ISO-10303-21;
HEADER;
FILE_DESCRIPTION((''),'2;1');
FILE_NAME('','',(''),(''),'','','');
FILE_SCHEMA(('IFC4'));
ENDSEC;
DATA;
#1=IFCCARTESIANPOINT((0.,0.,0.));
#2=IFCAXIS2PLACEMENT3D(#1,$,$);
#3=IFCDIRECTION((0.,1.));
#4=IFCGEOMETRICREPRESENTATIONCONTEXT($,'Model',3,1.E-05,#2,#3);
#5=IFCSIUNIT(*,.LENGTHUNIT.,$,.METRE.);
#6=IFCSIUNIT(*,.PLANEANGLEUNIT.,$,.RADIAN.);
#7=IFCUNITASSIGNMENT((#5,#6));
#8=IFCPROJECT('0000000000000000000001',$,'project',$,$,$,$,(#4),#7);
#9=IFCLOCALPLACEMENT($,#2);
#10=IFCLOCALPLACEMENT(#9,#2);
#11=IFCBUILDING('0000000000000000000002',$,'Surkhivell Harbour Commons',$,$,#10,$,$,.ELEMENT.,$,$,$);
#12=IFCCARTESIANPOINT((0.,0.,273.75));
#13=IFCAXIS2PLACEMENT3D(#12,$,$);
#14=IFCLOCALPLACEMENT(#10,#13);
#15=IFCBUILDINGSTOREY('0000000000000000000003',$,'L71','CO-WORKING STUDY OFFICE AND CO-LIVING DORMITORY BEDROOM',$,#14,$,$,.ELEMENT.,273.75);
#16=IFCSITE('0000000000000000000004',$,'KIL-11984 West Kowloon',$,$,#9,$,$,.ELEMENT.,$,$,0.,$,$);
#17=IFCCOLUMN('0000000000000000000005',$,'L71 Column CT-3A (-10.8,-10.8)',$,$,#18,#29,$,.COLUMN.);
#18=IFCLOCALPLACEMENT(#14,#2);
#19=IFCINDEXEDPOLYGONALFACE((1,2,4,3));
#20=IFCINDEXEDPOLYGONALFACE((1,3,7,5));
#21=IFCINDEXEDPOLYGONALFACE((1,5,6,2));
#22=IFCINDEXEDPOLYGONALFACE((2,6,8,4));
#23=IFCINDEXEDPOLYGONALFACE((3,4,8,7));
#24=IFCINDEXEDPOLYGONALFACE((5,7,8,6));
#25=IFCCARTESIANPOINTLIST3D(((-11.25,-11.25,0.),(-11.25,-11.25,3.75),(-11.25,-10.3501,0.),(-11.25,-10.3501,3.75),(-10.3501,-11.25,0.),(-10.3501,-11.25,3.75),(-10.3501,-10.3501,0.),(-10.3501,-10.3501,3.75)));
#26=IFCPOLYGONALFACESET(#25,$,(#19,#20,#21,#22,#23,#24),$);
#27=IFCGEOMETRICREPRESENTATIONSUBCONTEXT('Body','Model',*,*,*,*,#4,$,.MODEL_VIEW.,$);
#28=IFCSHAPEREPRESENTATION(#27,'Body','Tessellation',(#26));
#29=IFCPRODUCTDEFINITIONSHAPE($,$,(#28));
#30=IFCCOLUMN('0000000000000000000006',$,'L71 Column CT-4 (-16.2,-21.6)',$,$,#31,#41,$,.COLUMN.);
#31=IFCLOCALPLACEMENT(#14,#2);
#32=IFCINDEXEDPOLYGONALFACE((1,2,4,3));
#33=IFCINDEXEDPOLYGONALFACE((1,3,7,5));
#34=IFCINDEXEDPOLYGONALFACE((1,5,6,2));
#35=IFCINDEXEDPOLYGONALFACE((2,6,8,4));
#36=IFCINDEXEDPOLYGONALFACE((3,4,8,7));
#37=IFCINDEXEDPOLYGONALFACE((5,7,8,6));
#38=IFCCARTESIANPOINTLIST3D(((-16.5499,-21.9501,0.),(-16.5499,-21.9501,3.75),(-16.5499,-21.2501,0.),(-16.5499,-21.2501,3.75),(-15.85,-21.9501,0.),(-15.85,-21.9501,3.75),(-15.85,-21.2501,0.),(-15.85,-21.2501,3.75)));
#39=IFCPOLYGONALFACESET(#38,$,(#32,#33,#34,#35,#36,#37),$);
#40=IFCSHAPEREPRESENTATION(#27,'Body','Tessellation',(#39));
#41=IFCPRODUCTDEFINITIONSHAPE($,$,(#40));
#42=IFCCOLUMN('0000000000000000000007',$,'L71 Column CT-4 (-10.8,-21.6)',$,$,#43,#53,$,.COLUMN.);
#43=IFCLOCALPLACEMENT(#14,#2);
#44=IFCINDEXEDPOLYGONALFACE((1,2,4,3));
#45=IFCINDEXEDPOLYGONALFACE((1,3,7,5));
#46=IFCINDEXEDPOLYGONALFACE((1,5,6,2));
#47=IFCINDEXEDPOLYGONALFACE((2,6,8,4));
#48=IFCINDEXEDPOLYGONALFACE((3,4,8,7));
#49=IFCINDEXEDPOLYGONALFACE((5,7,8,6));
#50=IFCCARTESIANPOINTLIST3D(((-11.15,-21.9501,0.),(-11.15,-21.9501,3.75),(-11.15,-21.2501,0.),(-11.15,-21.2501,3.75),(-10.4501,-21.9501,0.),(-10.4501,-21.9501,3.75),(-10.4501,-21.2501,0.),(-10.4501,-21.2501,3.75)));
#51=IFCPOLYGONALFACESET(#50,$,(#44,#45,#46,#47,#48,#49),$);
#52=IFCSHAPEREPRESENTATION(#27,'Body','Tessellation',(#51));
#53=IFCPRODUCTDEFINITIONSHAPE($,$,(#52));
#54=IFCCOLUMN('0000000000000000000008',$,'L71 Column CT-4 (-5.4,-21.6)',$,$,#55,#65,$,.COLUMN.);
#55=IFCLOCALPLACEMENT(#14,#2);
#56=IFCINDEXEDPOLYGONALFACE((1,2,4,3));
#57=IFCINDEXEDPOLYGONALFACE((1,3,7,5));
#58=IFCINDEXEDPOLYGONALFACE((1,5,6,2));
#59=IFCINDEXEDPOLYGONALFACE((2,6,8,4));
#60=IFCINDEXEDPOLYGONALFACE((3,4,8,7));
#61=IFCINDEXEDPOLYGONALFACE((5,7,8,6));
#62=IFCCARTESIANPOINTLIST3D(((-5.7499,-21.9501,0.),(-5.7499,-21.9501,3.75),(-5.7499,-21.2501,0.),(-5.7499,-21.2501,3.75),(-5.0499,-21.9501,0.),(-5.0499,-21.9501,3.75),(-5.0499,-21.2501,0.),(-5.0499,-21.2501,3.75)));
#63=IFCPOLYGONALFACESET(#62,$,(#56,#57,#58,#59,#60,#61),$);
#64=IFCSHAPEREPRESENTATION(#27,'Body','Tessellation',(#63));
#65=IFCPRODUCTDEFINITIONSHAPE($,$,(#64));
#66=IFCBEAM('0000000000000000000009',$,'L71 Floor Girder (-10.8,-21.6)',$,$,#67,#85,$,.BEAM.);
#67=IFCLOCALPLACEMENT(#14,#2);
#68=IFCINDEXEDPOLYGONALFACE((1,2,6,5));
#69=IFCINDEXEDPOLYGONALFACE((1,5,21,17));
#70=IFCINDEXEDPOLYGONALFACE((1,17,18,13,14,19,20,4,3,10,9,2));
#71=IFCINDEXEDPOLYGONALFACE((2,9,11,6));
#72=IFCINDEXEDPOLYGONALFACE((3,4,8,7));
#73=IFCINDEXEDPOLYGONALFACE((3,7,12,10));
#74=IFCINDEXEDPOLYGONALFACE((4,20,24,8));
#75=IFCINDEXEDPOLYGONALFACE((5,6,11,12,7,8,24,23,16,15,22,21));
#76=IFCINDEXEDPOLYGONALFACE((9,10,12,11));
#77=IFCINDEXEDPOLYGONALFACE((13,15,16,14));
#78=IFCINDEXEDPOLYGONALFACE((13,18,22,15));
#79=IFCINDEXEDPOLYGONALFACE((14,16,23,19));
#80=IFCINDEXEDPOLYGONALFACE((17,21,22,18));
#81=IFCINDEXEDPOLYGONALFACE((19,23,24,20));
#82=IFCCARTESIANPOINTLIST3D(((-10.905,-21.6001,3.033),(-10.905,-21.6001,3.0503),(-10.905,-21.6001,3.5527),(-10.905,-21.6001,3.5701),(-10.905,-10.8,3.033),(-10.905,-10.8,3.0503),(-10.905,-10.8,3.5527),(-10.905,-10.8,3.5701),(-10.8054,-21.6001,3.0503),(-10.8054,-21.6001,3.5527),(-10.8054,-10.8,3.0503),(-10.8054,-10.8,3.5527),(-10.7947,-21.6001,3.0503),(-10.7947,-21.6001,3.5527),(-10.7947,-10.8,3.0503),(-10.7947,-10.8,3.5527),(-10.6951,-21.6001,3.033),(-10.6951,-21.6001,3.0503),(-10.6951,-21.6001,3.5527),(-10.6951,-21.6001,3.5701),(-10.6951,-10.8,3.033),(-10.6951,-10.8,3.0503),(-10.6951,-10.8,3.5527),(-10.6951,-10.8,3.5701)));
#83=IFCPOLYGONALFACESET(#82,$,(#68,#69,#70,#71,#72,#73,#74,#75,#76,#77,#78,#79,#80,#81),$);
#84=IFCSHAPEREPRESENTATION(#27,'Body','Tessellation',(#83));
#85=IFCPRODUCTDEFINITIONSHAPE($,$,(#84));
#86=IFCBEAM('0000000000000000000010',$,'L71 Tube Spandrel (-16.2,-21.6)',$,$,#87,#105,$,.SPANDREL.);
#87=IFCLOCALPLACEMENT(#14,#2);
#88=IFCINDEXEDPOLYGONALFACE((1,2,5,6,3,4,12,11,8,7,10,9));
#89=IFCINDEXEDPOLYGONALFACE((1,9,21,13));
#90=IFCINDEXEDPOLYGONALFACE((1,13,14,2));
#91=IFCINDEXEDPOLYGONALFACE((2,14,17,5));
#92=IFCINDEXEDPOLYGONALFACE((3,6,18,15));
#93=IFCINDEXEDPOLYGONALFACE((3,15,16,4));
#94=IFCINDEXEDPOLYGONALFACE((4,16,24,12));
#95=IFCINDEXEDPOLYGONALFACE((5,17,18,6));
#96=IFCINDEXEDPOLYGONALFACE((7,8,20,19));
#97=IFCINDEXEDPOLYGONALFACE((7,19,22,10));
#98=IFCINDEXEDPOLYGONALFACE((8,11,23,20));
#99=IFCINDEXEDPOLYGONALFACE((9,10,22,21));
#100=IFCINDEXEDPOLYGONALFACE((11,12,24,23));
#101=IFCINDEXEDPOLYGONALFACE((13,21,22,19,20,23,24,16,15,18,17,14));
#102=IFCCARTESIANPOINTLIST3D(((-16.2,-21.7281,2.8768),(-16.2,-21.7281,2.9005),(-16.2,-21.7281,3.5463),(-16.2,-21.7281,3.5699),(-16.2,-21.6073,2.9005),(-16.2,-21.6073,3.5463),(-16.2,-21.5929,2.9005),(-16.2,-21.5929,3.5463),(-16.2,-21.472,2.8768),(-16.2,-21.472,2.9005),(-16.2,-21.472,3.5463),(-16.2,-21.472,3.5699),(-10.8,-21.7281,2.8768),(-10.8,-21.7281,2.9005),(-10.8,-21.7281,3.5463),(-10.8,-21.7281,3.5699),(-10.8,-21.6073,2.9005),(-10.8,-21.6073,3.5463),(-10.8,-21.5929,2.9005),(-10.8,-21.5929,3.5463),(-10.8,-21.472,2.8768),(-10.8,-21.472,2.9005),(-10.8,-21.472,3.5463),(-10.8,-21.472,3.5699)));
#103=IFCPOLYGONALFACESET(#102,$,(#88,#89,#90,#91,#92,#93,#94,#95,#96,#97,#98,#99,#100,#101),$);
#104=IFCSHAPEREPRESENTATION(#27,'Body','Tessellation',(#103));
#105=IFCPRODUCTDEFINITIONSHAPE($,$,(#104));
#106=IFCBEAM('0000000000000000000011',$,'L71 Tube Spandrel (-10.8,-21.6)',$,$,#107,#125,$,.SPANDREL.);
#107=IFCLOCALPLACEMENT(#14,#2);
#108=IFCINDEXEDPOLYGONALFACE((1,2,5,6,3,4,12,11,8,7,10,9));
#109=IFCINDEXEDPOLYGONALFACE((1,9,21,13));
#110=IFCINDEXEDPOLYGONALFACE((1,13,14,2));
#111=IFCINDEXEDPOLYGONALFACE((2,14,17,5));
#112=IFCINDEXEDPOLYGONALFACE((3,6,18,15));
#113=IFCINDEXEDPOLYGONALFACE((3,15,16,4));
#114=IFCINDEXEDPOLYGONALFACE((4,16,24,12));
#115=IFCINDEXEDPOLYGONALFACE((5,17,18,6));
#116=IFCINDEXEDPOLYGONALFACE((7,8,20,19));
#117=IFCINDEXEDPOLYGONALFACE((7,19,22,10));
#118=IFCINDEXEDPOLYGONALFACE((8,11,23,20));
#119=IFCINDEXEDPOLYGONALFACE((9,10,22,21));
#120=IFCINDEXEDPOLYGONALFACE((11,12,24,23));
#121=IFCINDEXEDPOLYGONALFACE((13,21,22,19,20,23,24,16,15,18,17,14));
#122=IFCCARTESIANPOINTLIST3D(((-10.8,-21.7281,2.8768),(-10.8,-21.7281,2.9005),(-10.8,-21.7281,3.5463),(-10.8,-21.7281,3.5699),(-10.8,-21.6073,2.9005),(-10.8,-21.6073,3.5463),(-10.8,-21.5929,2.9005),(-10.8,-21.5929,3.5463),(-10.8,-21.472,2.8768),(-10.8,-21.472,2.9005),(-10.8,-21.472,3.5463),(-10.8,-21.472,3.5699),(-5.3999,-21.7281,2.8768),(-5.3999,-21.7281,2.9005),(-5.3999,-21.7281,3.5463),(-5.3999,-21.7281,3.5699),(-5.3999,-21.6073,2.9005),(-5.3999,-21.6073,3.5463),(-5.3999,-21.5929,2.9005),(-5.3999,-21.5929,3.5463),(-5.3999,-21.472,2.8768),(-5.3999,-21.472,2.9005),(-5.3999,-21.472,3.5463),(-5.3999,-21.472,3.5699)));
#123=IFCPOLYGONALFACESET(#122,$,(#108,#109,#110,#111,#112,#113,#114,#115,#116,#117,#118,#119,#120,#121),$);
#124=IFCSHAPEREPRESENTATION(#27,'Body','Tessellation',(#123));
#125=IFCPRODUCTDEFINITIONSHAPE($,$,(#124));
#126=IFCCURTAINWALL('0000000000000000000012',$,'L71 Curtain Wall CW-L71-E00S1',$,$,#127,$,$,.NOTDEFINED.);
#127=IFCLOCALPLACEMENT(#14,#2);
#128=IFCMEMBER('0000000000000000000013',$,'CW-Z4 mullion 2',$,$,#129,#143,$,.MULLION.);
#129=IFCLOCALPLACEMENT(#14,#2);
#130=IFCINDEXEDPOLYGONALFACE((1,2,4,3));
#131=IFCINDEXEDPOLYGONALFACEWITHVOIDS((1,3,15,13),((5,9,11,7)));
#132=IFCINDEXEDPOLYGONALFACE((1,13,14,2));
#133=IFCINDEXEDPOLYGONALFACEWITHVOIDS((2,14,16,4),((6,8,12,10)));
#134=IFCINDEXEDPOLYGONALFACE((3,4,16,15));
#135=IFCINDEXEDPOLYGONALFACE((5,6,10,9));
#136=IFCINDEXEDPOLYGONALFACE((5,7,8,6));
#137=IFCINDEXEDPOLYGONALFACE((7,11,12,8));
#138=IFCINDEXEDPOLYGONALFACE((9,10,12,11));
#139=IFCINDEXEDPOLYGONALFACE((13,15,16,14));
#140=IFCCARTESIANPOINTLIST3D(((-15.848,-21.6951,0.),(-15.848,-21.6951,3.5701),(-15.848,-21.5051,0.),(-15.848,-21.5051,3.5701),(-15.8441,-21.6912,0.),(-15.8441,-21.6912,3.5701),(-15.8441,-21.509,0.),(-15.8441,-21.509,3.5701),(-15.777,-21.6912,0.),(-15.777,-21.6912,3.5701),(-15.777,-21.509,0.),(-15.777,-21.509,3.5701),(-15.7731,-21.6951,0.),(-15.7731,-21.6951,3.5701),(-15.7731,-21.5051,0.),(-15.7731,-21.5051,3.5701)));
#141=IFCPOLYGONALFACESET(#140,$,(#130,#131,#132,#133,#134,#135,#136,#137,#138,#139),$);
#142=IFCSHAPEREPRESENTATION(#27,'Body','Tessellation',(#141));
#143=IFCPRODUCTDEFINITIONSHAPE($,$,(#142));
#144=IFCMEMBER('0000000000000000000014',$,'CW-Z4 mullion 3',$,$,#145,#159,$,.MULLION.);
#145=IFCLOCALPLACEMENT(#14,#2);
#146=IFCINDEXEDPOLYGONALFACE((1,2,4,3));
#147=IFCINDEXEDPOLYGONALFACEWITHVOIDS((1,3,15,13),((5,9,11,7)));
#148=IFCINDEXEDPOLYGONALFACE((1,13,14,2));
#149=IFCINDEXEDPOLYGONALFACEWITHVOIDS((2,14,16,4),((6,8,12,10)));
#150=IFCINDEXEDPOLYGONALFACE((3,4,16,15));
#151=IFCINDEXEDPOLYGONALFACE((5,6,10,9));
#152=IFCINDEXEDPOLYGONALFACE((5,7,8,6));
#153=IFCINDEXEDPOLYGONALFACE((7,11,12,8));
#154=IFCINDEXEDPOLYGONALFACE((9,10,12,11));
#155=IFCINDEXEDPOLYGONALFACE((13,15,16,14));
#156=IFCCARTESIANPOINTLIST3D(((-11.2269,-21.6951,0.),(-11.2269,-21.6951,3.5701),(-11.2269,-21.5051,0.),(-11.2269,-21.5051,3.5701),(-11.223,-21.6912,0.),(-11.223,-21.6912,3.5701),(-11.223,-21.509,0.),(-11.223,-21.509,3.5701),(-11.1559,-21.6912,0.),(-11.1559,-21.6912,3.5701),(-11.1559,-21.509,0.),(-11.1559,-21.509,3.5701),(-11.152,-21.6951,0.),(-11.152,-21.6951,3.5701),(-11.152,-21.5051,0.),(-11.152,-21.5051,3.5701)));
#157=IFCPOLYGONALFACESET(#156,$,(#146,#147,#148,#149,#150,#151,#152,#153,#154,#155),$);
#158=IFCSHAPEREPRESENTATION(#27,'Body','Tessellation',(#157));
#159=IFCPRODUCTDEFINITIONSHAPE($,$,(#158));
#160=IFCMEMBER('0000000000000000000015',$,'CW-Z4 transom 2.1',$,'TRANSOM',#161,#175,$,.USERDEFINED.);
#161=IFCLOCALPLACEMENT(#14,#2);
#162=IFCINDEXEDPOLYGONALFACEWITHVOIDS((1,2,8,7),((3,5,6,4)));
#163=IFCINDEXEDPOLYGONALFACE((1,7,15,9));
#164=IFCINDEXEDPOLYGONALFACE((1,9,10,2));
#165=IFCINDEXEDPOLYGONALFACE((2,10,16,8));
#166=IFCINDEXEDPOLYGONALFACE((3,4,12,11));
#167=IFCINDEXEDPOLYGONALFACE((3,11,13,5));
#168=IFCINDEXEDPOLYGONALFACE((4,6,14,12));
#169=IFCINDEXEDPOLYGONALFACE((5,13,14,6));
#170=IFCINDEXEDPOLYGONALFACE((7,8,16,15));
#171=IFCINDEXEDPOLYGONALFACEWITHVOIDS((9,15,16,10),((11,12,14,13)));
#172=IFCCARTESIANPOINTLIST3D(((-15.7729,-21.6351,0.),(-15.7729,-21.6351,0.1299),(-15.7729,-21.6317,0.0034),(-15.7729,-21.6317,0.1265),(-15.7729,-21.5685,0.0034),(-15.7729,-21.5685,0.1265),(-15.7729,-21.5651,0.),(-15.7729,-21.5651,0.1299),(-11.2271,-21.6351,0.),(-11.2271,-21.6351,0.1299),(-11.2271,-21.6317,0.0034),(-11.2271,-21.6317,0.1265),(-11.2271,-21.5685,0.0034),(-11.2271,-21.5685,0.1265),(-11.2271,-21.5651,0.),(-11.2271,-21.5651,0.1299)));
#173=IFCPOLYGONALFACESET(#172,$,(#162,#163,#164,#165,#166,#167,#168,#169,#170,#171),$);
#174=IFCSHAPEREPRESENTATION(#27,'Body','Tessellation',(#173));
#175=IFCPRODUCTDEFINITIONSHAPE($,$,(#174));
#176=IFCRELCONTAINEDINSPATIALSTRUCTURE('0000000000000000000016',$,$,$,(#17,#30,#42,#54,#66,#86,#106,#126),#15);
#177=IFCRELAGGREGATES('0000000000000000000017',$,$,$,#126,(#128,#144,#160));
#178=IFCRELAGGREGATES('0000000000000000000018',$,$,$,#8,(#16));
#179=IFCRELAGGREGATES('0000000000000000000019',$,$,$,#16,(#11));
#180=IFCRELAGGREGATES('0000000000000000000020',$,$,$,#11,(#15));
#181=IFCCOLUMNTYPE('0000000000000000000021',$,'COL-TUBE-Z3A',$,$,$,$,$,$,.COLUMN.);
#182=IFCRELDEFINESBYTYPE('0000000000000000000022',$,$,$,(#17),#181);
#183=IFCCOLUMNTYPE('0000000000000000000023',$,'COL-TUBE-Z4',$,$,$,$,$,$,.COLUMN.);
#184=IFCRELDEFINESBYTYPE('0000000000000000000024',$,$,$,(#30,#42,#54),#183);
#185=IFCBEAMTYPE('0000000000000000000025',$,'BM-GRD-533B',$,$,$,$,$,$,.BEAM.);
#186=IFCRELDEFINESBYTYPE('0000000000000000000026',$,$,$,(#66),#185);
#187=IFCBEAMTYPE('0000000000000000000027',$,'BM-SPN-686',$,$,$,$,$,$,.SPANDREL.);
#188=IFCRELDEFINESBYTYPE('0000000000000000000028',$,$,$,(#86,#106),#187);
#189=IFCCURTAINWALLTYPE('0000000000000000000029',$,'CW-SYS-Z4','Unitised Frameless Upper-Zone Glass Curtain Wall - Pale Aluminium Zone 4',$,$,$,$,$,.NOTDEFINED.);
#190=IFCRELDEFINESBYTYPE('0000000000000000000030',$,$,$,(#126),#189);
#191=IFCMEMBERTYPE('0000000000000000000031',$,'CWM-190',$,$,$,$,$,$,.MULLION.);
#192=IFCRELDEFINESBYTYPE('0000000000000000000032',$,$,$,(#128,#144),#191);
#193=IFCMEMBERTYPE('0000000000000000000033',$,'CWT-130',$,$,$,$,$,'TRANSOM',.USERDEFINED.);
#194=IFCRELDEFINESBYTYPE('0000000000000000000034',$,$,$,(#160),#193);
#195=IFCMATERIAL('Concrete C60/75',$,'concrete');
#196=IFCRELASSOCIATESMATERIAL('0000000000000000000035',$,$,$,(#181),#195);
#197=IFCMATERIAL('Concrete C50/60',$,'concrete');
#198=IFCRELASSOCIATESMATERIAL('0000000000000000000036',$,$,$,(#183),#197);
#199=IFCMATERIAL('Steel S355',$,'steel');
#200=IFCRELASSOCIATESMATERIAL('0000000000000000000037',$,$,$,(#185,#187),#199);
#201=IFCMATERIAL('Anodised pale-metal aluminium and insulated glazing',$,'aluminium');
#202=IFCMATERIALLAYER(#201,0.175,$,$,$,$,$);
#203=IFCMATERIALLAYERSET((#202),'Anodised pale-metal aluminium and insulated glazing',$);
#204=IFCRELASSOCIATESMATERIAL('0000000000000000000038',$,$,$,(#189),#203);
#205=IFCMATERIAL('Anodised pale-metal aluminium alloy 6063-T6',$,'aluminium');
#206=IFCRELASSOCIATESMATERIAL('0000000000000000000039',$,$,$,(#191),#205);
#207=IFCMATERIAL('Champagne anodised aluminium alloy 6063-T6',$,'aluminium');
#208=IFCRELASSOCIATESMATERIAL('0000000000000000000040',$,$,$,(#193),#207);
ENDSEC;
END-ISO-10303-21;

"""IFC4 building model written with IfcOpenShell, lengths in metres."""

from ifc_helpers import new_model, si_unit, direction, frame, origin, origin_2d, place, context, subcontext, project, spatial, rectangle, hollow_rectangle, i_section, extrude, material, layer, layer_set, material_profile, profile_set, type_object, element, aggregate, save


model = new_model("IFC4")

# Units and contexts
model_context = context("Model", 3, precision=1e-05, world=origin(), true_north=direction((0.0, 1.0)))
body_context = subcontext(model_context, "Body", "Model", "MODEL_VIEW")
ifc_project = project(units=[si_unit("LENGTHUNIT", "METRE"), si_unit("PLANEANGLEUNIT", "RADIAN")], contexts=[model_context])

# Site, building, storey
site_placement = place(None, origin())
site = spatial("IfcSite", under=ifc_project, at=site_placement, Name="KIL-11984 West Kowloon", CompositionType="ELEMENT", RefElevation=0.0)
building_placement = place(site_placement, origin())
building = spatial("IfcBuilding", under=site, at=building_placement, Name="Surkhivell Harbour Commons", CompositionType="ELEMENT")
storey_placement = place(building_placement, frame((0.0, 0.0, 273.75)))
storey = spatial("IfcBuildingStorey", under=building, at=storey_placement, Name="L71", Description="CO-WORKING STUDY OFFICE AND CO-LIVING DORMITORY BEDROOM", CompositionType="ELEMENT", Elevation=273.75)

# Columns
ifc_material_1 = material(Name="Concrete C60/75", Category="concrete")
ifc_material_profile_1 = material_profile(ifc_material_1, rectangle(XDim=0.8999, YDim=0.8999, at=origin_2d()), Name="RC-COL-900x900")
ifc_profile_set_1 = profile_set([ifc_material_profile_1], Name="Concrete C60/75")
column_type_1 = type_object("IfcColumnType", Name="COL-TUBE-Z3A", PredefinedType="COLUMN", material=ifc_profile_set_1)
column_placement = place(storey_placement, frame((-10.8, -10.8, 0.0), z_axis=(0.0, 0.0, 1.0), x_axis=(1.0, 0.0, 0.0)))
element("IfcColumn", 1, at=column_placement, inside=storey, type_object=column_type_1, Name="L71 Column CT-3A (-10.8,-10.8)", PredefinedType="COLUMN", context=body_context, shape_type="SweptSolid", body=[
    extrude(rectangle(XDim=0.8999, YDim=0.8999, at=origin_2d()), origin(), (0.0, 0.0, 1.0), 3.75),
])
ifc_material_2 = material(Name="Concrete C50/60", Category="concrete")
ifc_material_profile_2 = material_profile(ifc_material_2, rectangle(XDim=0.7, YDim=0.7, at=origin_2d()), Name="RC-COL-700x700")
ifc_profile_set_2 = profile_set([ifc_material_profile_2], Name="Concrete C50/60")
column_type_2 = type_object("IfcColumnType", Name="COL-TUBE-Z4", PredefinedType="COLUMN", material=ifc_profile_set_2)
for number, where, z_axis, x_axis, name in (
    (2, (-16.2, -21.6001, 0.0), (0.0, 0.0, 1.0), (1.0, 0.0, 0.0), "L71 Column CT-4 (-16.2,-21.6)"),
    (3, (-10.8, -21.6001, 0.0), (0.0, 0.0, 1.0), (1.0, 0.0, 0.0), "L71 Column CT-4 (-10.8,-21.6)"),
    (4, (-5.3999, -21.6001, 0.0), (0.0, 0.0, 1.0), (1.0, 0.0, 0.0), "L71 Column CT-4 (-5.4,-21.6)"),
):
    element("IfcColumn", number, at=place(storey_placement, frame(where, z_axis=z_axis, x_axis=x_axis)), inside=storey, type_object=column_type_2, Name=name, PredefinedType="COLUMN", context=body_context, shape_type="SweptSolid", body=[
        extrude(rectangle(XDim=0.7, YDim=0.7, at=origin_2d()), origin(), (0.0, 0.0, 1.0), 3.75),
    ])

# Beams
ifc_material_3 = material(Name="Steel S355", Category="steel")
ifc_material_profile_3 = material_profile(ifc_material_3, i_section(OverallWidth=0.21, OverallDepth=0.5371, WebThickness=0.0107, FlangeThickness=0.0173, at=origin_2d()), Name="UB533x210x101")
ifc_profile_set_3 = profile_set([ifc_material_profile_3], Name="Steel S355")
beam_type_1 = type_object("IfcBeamType", Name="BM-GRD-533B", PredefinedType="BEAM", material=ifc_profile_set_3)
beam_1_placement = place(storey_placement, frame((-10.8, -21.6001, 3.3015), z_axis=(0.0, 1.0, 0.0), x_axis=(-1.0, 0.0, 0.0)))
element("IfcBeam", 5, at=beam_1_placement, inside=storey, type_object=beam_type_1, Name="L71 Floor Girder (-10.8,-21.6)", PredefinedType="BEAM", context=body_context, shape_type="SweptSolid", body=[
    extrude(i_section(OverallWidth=0.21, OverallDepth=0.5371, WebThickness=0.0107, FlangeThickness=0.0173, at=origin_2d()), origin(), (0.0, 0.0, 1.0), 10.8),
])
ifc_material_profile_4 = material_profile(ifc_material_3, i_section(OverallWidth=0.2561, OverallDepth=0.6931, WebThickness=0.0144, FlangeThickness=0.0237, at=origin_2d()), Name="UB686x254x170")
ifc_profile_set_4 = profile_set([ifc_material_profile_4], Name="Steel S355")
beam_type_2 = type_object("IfcBeamType", Name="BM-SPN-686", PredefinedType="SPANDREL", material=ifc_profile_set_4)
beam_2_placement = place(storey_placement, frame((-16.2, -21.6001, 3.2234), z_axis=(1.0, 0.0, 0.0), x_axis=(0.0, 1.0, 0.0)))
element("IfcBeam", 6, at=beam_2_placement, inside=storey, type_object=beam_type_2, Name="L71 Tube Spandrel (-16.2,-21.6)", PredefinedType="SPANDREL", context=body_context, shape_type="SweptSolid", body=[
    extrude(i_section(OverallWidth=0.2561, OverallDepth=0.6931, WebThickness=0.0144, FlangeThickness=0.0237, at=origin_2d()), origin(), (0.0, 0.0, 1.0), 5.3999),
])
beam_3_placement = place(storey_placement, frame((-10.8, -21.6001, 3.2234), z_axis=(1.0, 0.0, 0.0), x_axis=(0.0, 1.0, 0.0)))
element("IfcBeam", 7, at=beam_3_placement, inside=storey, type_object=beam_type_2, Name="L71 Tube Spandrel (-10.8,-21.6)", PredefinedType="SPANDREL", context=body_context, shape_type="SweptSolid", body=[
    extrude(i_section(OverallWidth=0.2561, OverallDepth=0.6931, WebThickness=0.0144, FlangeThickness=0.0237, at=origin_2d()), origin(), (0.0, 0.0, 1.0), 5.4001),
])

# Curtain wall, members
ifc_material_4 = material(Name="Anodised pale-metal aluminium and insulated glazing", Category="aluminium")
ifc_layer_1 = layer(ifc_material_4, 0.175)
ifc_layer_set_1 = layer_set([ifc_layer_1], Name="Anodised pale-metal aluminium and insulated glazing")
curtain_wall_type = type_object("IfcCurtainWallType", Name="CW-SYS-Z4", Description="Unitised Frameless Upper-Zone Glass Curtain Wall - Pale Aluminium Zone 4", PredefinedType="NOTDEFINED", material=ifc_layer_set_1)
curtain_wall_placement = place(storey_placement, origin())
curtain_wall = element("IfcCurtainWall", 8, at=curtain_wall_placement, inside=storey, type_object=curtain_wall_type, Name="L71 Curtain Wall CW-L71-E00S1", PredefinedType="NOTDEFINED")
ifc_material_5 = material(Name="Anodised pale-metal aluminium alloy 6063-T6", Category="aluminium")
ifc_material_profile_5 = material_profile(ifc_material_5, hollow_rectangle(XDim=0.075, YDim=0.1899, WallThickness=0.0039, at=origin_2d()), Name="ALU-MULL-75x190")
ifc_profile_set_5 = profile_set([ifc_material_profile_5], Name="Anodised pale-metal aluminium alloy 6063-T6")
member_type_1 = type_object("IfcMemberType", Name="CWM-190", PredefinedType="MULLION", material=ifc_profile_set_5)
member_1_placement = place(storey_placement, frame((-15.8105, -21.6001, 0.0), z_axis=(0.0, 0.0, 1.0), x_axis=(1.0, 0.0, 0.0)))
member_1 = element("IfcMember", 9, at=member_1_placement, type_object=member_type_1, Name="CW-Z4 mullion 2", PredefinedType="MULLION", context=body_context, shape_type="SweptSolid", body=[
    extrude(hollow_rectangle(XDim=0.075, YDim=0.1899, WallThickness=0.0039, at=origin_2d()), origin(), (0.0, 0.0, 1.0), 3.5701),
])
member_2_placement = place(storey_placement, frame((-11.1895, -21.6001, 0.0), z_axis=(0.0, 0.0, 1.0), x_axis=(1.0, 0.0, 0.0)))
member_2 = element("IfcMember", 10, at=member_2_placement, type_object=member_type_1, Name="CW-Z4 mullion 3", PredefinedType="MULLION", context=body_context, shape_type="SweptSolid", body=[
    extrude(hollow_rectangle(XDim=0.075, YDim=0.1899, WallThickness=0.0039, at=origin_2d()), origin(), (0.0, 0.0, 1.0), 3.5701),
])
ifc_material_6 = material(Name="Champagne anodised aluminium alloy 6063-T6", Category="aluminium")
ifc_material_profile_6 = material_profile(ifc_material_6, hollow_rectangle(XDim=0.0701, YDim=0.1299, WallThickness=0.0034, at=origin_2d()), Name="ALU-TRAN-70x130")
ifc_profile_set_6 = profile_set([ifc_material_profile_6], Name="Champagne anodised aluminium alloy 6063-T6")
member_type_2 = type_object("IfcMemberType", Name="CWT-130", ElementType="TRANSOM", PredefinedType="USERDEFINED", material=ifc_profile_set_6)
member_3_placement = place(storey_placement, frame((-15.7729, -21.6001, 0.0649), z_axis=(1.0, 0.0, 0.0), x_axis=(0.0, 1.0, 0.0)))
member_3 = element("IfcMember", 11, at=member_3_placement, type_object=member_type_2, Name="CW-Z4 transom 2.1", ObjectType="TRANSOM", PredefinedType="USERDEFINED", context=body_context, shape_type="SweptSolid", body=[
    extrude(hollow_rectangle(XDim=0.0701, YDim=0.1299, WallThickness=0.0034, at=origin_2d()), origin(), (0.0, 0.0, 1.0), 4.5459),
])

aggregate(curtain_wall, [member_1, member_2, member_3])

save(model, "model.ifc")
